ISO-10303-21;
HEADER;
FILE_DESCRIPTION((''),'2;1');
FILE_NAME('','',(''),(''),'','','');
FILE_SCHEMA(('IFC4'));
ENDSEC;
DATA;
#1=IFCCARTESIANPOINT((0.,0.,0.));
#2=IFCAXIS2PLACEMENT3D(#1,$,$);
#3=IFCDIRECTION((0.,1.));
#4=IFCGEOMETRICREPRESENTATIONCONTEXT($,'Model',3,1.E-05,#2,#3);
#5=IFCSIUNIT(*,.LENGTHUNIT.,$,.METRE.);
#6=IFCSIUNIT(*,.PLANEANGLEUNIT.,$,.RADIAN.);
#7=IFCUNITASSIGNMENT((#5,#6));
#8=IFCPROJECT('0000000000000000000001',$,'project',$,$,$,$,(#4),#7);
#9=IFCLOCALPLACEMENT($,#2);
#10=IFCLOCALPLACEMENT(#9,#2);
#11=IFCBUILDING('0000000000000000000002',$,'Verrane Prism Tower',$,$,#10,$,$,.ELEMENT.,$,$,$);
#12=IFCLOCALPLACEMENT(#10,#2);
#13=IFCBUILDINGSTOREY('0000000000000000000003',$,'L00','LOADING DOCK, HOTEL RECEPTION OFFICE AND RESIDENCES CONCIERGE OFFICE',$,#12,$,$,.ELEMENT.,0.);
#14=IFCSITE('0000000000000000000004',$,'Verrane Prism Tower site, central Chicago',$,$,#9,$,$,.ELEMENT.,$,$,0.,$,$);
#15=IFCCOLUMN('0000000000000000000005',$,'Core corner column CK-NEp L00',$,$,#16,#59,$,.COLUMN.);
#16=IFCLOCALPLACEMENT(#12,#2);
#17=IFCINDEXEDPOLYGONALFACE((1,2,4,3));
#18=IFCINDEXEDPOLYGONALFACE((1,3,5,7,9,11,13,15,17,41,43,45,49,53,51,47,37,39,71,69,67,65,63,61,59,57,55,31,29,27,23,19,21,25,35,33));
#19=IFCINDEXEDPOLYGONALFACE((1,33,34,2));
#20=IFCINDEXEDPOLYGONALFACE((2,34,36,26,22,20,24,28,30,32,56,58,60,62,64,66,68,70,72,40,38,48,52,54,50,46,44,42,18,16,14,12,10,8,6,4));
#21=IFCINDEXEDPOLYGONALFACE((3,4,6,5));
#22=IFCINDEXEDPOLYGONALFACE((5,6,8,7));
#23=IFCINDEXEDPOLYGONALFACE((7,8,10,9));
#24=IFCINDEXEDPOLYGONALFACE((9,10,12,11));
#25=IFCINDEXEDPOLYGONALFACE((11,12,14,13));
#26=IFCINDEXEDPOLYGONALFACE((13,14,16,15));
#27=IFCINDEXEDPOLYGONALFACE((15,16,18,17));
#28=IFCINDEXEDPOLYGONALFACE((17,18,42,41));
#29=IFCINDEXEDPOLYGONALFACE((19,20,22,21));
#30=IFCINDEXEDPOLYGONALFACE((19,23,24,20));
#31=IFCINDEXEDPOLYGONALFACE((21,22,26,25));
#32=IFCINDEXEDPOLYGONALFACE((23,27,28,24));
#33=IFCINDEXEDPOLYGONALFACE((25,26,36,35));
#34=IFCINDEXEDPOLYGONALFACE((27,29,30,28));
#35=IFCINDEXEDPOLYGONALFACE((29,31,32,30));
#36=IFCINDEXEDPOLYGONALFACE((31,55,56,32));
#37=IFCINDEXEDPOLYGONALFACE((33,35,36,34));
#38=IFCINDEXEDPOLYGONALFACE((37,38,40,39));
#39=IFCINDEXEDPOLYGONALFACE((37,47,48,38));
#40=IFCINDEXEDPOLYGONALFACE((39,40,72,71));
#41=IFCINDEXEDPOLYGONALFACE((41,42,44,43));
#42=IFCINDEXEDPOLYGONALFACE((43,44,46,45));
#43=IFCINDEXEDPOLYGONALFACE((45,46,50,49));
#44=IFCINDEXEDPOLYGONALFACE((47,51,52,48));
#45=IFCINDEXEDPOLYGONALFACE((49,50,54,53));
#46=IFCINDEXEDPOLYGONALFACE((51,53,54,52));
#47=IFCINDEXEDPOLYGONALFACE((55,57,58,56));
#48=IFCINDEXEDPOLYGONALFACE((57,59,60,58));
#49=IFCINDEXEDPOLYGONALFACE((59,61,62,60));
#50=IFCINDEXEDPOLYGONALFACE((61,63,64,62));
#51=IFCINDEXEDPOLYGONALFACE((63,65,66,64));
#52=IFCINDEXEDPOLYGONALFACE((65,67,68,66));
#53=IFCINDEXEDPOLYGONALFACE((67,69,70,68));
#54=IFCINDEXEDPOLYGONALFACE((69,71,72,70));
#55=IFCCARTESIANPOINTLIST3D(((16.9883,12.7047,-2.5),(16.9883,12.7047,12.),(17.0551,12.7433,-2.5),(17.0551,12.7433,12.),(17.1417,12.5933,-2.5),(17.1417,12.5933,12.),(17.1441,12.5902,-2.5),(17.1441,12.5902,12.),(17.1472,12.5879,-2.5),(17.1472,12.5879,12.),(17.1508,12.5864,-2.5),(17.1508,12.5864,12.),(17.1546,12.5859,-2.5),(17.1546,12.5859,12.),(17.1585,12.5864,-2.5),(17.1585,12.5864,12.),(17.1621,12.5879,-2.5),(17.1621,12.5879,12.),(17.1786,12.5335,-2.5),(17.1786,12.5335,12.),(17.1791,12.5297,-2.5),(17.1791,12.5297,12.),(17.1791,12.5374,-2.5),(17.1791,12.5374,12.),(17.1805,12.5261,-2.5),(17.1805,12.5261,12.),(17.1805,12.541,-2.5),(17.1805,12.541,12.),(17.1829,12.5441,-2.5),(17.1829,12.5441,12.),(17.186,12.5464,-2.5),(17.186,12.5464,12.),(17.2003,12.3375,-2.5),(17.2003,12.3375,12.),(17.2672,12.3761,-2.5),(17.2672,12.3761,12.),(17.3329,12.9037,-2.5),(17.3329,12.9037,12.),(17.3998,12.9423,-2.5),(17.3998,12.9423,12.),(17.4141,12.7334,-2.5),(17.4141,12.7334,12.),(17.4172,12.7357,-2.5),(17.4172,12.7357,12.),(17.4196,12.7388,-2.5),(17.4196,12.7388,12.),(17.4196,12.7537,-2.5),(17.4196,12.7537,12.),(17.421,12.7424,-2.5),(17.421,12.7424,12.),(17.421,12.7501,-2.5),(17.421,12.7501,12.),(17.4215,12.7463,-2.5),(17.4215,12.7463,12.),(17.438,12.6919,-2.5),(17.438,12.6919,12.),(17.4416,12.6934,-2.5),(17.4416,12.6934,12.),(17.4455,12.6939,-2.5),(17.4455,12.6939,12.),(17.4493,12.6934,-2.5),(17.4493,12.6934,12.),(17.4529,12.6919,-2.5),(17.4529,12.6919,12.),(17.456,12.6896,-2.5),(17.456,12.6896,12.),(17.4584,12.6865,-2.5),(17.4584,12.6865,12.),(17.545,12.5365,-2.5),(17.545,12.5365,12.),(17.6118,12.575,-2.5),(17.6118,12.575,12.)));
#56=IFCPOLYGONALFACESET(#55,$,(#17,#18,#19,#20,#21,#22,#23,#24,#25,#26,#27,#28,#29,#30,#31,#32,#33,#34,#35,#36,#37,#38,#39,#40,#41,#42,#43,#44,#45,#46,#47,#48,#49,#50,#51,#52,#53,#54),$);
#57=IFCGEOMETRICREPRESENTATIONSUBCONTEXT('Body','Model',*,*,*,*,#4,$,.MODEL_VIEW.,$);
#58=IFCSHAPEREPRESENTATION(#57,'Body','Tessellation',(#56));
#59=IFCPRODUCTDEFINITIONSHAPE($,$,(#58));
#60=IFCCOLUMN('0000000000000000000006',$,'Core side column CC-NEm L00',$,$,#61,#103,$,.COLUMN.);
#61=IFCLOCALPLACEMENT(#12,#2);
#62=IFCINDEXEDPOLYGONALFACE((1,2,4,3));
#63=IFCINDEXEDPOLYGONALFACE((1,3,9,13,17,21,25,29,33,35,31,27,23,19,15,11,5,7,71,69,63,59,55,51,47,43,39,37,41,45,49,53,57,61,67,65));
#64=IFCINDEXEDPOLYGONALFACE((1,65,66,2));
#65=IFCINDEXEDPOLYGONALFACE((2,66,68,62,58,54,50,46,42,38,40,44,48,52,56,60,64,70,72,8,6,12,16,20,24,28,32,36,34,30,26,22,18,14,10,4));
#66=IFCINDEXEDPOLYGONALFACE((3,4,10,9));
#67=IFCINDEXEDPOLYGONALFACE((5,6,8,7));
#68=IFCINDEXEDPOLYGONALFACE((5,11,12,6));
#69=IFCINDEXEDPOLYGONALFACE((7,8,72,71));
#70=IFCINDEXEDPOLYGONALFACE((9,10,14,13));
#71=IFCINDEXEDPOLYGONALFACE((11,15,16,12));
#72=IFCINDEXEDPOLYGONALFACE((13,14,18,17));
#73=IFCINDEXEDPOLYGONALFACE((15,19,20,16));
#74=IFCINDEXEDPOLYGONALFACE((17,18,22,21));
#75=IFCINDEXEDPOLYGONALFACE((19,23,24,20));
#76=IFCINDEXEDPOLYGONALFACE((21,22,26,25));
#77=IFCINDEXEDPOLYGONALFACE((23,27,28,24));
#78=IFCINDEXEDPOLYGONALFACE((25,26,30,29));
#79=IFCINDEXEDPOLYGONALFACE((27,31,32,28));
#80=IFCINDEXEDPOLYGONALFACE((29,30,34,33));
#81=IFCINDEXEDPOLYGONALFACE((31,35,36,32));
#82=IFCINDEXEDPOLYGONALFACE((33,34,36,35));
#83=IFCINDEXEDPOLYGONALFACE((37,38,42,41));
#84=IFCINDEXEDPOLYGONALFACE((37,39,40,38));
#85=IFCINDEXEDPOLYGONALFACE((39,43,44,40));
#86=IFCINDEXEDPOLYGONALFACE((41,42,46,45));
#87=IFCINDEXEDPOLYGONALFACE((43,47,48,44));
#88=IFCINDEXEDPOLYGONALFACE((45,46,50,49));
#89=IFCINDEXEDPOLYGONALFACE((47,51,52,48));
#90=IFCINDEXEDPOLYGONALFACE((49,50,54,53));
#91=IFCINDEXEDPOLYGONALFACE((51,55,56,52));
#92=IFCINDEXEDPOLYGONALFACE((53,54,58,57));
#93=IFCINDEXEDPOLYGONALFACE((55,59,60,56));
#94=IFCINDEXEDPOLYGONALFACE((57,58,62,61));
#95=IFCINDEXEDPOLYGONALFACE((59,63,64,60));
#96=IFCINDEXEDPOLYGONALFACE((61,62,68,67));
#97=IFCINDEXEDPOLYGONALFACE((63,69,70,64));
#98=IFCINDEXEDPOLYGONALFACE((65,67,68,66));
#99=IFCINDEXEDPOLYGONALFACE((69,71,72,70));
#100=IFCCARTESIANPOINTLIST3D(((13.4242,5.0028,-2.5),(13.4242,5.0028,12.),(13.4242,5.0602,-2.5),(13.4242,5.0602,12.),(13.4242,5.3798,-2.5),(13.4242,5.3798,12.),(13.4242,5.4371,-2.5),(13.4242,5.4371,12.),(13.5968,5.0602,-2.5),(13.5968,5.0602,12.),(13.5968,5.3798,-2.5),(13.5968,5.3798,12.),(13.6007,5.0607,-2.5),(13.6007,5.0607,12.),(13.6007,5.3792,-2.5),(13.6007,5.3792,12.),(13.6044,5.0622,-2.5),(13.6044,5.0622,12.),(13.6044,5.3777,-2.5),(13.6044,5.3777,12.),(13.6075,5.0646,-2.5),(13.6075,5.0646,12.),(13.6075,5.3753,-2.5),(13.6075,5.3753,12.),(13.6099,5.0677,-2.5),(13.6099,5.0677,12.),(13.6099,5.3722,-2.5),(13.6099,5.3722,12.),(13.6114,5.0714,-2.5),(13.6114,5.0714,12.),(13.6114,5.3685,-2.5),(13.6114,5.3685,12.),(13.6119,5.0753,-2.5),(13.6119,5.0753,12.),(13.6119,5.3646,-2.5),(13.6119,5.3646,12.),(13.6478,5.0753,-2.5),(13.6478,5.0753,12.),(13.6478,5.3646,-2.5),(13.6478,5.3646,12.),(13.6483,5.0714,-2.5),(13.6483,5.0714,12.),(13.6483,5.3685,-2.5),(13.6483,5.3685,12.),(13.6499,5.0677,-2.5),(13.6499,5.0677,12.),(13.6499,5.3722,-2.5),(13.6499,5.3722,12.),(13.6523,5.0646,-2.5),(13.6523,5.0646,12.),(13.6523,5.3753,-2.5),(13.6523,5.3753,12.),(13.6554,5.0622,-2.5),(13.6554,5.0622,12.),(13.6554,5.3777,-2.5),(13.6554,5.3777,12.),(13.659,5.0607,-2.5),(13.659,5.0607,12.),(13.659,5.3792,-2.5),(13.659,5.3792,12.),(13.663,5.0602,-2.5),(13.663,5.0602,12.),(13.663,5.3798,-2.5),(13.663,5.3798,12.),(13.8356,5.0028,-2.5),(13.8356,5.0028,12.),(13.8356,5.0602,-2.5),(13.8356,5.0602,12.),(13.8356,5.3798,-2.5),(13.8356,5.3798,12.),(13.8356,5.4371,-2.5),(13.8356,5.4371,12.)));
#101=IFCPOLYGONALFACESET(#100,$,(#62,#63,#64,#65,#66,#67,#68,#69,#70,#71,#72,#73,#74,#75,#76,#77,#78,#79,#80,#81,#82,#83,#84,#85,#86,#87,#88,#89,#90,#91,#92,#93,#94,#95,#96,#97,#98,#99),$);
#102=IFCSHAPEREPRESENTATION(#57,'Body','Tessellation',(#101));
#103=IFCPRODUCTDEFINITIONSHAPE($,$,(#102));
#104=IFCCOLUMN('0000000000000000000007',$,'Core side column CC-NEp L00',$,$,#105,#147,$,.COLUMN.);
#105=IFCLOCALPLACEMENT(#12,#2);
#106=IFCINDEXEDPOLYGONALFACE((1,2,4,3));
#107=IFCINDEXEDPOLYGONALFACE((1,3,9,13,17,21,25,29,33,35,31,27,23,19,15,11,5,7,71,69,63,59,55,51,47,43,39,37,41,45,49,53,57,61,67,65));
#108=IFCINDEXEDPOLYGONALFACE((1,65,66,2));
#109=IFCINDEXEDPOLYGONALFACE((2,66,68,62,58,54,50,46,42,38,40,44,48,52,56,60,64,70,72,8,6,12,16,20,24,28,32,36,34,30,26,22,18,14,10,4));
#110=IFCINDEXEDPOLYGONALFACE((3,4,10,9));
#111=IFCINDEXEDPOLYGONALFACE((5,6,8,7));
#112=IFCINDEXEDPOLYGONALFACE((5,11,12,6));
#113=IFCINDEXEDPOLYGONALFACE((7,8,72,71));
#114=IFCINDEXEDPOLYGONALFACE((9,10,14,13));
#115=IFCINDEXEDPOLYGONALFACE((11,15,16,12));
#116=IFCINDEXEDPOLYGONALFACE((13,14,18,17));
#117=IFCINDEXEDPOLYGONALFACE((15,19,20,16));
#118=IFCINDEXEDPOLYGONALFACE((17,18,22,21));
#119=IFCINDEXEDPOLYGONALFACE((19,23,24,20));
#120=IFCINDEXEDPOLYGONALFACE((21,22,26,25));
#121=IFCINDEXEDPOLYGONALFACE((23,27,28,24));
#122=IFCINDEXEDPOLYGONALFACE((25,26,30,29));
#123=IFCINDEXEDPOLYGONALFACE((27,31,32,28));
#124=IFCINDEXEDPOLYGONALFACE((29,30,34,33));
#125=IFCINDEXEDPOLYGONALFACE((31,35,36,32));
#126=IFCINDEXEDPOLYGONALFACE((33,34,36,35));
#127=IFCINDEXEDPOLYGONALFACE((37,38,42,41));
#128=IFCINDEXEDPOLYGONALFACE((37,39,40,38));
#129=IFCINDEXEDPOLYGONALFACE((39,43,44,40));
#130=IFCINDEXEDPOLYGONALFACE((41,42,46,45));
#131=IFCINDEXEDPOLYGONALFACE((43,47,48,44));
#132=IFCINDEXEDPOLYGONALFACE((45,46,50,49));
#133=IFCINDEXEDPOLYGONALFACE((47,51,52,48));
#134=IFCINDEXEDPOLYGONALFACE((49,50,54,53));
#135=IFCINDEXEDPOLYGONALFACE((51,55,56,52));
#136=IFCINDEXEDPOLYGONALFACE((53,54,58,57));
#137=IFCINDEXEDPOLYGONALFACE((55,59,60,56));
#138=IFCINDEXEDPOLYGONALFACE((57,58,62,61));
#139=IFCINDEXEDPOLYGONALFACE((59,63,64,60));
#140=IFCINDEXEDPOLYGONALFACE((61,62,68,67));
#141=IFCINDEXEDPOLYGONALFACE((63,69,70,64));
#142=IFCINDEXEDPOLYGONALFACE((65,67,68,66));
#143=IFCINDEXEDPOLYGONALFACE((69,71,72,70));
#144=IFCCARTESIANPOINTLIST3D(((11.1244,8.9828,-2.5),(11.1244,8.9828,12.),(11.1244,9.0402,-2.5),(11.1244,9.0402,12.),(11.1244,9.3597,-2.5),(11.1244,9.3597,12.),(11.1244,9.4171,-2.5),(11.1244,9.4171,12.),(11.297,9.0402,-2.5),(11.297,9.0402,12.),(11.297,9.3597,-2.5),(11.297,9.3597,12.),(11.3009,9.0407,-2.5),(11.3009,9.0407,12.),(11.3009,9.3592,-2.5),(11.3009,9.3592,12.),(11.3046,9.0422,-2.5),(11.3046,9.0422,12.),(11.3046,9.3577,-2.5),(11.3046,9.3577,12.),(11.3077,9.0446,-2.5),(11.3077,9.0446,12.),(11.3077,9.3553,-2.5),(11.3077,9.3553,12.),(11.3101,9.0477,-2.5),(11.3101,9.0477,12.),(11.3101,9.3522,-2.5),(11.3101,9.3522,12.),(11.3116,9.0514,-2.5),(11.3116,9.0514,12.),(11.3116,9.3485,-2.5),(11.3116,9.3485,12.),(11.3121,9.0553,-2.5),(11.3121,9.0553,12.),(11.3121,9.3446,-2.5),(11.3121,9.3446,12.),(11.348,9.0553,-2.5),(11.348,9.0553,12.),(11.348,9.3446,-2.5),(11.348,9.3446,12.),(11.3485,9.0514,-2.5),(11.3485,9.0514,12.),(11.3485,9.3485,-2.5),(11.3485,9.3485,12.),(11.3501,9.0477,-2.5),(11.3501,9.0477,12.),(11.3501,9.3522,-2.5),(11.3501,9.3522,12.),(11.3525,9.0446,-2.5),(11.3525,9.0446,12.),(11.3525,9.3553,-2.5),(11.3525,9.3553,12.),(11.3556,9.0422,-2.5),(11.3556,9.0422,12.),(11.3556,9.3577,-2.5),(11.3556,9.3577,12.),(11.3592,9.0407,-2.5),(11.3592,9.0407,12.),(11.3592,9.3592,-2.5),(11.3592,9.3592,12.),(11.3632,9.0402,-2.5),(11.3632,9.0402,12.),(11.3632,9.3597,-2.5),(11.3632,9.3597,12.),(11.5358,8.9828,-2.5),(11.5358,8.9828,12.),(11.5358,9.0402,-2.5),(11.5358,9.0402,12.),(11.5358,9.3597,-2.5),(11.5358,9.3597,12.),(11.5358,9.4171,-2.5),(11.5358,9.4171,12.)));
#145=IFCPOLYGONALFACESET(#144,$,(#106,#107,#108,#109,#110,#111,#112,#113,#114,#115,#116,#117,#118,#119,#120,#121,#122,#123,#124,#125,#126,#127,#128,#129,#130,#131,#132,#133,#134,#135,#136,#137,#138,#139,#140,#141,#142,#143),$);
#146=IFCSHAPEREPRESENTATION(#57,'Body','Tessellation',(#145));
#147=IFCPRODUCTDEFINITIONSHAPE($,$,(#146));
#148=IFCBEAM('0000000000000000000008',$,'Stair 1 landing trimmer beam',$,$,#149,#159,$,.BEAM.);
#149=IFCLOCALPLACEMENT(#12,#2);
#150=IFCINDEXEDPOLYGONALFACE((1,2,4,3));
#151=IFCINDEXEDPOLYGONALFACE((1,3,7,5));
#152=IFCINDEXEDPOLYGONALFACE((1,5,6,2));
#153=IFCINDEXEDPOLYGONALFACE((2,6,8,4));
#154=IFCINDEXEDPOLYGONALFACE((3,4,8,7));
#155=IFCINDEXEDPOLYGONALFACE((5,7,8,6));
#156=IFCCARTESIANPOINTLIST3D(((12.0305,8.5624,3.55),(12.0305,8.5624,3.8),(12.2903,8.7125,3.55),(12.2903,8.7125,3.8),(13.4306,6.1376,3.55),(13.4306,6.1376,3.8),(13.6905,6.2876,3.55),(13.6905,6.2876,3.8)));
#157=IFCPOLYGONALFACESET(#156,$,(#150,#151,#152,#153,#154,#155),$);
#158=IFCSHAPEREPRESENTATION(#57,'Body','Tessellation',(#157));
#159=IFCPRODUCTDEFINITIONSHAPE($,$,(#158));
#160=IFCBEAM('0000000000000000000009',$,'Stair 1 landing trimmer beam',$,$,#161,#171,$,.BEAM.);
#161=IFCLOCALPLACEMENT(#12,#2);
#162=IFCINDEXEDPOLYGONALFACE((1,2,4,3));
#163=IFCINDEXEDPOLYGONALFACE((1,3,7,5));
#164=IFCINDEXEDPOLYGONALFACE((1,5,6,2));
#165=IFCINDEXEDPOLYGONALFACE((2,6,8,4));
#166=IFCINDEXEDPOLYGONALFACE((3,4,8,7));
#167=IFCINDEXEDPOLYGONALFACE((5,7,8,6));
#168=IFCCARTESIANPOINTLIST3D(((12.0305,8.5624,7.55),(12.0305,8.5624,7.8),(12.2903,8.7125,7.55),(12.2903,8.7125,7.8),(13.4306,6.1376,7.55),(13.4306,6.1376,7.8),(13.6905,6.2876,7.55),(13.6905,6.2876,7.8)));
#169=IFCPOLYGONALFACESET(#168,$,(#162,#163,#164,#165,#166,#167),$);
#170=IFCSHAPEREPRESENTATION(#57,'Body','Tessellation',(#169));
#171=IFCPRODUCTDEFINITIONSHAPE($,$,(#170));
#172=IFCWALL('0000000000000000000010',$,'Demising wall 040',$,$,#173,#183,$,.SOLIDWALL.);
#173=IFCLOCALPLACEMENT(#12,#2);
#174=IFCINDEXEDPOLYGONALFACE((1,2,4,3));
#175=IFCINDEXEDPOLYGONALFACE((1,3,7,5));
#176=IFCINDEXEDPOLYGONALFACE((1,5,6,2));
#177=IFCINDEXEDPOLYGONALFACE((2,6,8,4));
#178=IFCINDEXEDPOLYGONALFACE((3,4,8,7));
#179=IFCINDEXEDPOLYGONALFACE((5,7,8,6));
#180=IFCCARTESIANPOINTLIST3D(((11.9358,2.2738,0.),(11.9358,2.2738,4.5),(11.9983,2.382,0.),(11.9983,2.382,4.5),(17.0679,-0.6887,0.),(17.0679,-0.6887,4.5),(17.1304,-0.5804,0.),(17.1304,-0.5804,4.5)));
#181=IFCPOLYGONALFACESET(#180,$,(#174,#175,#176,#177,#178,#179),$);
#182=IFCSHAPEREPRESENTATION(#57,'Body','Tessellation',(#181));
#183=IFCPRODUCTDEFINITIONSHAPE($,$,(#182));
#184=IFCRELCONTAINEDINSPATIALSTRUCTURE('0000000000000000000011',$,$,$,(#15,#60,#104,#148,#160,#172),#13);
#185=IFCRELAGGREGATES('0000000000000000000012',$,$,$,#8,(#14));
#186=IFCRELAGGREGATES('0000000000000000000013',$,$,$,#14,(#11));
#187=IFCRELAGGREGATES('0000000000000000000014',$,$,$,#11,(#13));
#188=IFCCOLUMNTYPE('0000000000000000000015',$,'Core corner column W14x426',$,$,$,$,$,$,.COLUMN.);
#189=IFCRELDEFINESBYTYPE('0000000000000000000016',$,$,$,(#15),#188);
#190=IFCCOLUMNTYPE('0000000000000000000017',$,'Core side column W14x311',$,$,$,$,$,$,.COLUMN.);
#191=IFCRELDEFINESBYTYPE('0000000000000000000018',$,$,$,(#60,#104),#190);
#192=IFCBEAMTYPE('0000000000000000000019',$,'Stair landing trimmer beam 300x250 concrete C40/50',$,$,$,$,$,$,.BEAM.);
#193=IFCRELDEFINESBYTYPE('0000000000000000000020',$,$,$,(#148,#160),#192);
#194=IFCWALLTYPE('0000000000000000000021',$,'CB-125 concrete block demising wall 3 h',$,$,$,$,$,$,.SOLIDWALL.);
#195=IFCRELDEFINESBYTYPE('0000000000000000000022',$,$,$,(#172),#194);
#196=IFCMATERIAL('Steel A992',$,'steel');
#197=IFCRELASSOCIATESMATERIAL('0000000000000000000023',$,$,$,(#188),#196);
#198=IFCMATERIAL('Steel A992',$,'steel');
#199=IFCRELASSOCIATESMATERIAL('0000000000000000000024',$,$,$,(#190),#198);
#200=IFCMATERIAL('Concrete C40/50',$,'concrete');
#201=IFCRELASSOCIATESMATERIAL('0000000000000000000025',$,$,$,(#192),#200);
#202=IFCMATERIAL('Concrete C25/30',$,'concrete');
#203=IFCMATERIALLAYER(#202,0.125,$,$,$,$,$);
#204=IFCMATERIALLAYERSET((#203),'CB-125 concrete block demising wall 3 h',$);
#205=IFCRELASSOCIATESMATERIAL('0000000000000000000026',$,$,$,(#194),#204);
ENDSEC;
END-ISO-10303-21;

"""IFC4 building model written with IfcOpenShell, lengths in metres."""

from ifc_helpers import new_model, si_unit, direction, frame, frame_2d, origin, origin_2d, place, context, subcontext, project, spatial, rectangle, i_section, extrude, material, layer, layer_set, material_profile, profile_set, type_object, element, save


model = new_model("IFC4")

# Units and contexts
model_context = context("Model", 3, precision=1e-05, world=origin(), true_north=direction((0.0, 1.0)))
body_context = subcontext(model_context, "Body", "Model", "MODEL_VIEW")
ifc_project = project(units=[si_unit("LENGTHUNIT", "METRE"), si_unit("PLANEANGLEUNIT", "RADIAN")], contexts=[model_context])

# Site, building, storey
site_placement = place(None, origin())
site = spatial("IfcSite", under=ifc_project, at=site_placement, Name="Verrane Prism Tower site, central Chicago", CompositionType="ELEMENT", RefElevation=0.0)
building_placement = place(site_placement, origin())
building = spatial("IfcBuilding", under=site, at=building_placement, Name="Verrane Prism Tower", CompositionType="ELEMENT")
storey_placement = place(building_placement, origin())
storey = spatial("IfcBuildingStorey", under=building, at=storey_placement, Name="L00", Description="LOADING DOCK, HOTEL RECEPTION OFFICE AND RESIDENCES CONCIERGE OFFICE", CompositionType="ELEMENT", Elevation=0.0)

# Columns
ifc_material_1 = material(Name="Steel A992", Category="steel")
ifc_material_profile_1 = material_profile(ifc_material_1, i_section(OverallWidth=0.4241, OverallDepth=0.4751, WebThickness=0.0479, FlangeThickness=0.0771, FilletRadius=0.0149, at=origin_2d()), Name="W14x426")
ifc_profile_set_1 = profile_set([ifc_material_profile_1], Name="Steel A992")
column_type_1 = type_object("IfcColumnType", Name="Core corner column W14x426", PredefinedType="COLUMN", material=ifc_profile_set_1)
column_placement = place(storey_placement, frame((17.3, 12.6399, -2.5), z_axis=(0.0, 0.0, 1.0), x_axis=(0.5, -0.866025, 0.0)))
element("IfcColumn", 1, at=column_placement, inside=storey, type_object=column_type_1, Name="Core corner column CK-NEp L00", PredefinedType="COLUMN", context=body_context, shape_type="SweptSolid", body=[
    extrude(i_section(OverallWidth=0.4241, OverallDepth=0.4751, WebThickness=0.0479, FlangeThickness=0.0771, FilletRadius=0.0149, at=origin_2d()), origin(), (0.0, 0.0, 1.0), 14.5),
])
ifc_material_2 = material(Name="Steel A992", Category="steel")
ifc_material_profile_2 = material_profile(ifc_material_2, i_section(OverallWidth=0.4114, OverallDepth=0.4343, WebThickness=0.0359, FlangeThickness=0.0574, FilletRadius=0.0151, at=origin_2d()), Name="W14x311")
ifc_profile_set_2 = profile_set([ifc_material_profile_2], Name="Steel A992")
column_type_2 = type_object("IfcColumnType", Name="Core side column W14x311", PredefinedType="COLUMN", material=ifc_profile_set_2)
for number, where, z_axis, x_axis, name in (
    (2, (13.6299, 5.22, -2.5), (0.0, 0.0, 1.0), (1.0, 0.0, 0.0), "Core side column CC-NEm L00"),
    (3, (11.3301, 9.2, -2.5), (0.0, 0.0, 1.0), (1.0, 0.0, 0.0), "Core side column CC-NEp L00"),
):
    element("IfcColumn", number, at=place(storey_placement, frame(where, z_axis=z_axis, x_axis=x_axis)), inside=storey, type_object=column_type_2, Name=name, PredefinedType="COLUMN", context=body_context, shape_type="SweptSolid", body=[
        extrude(i_section(OverallWidth=0.4114, OverallDepth=0.4343, WebThickness=0.0359, FlangeThickness=0.0574, FilletRadius=0.0151, at=origin_2d()), origin(), (0.0, 0.0, 1.0), 14.5),
    ])

# Beams
ifc_material_3 = material(Name="Concrete C40/50", Category="concrete")
ifc_material_profile_3 = material_profile(ifc_material_3, rectangle(XDim=0.3, YDim=0.25, at=origin_2d()), Name="RC 300x250")
ifc_profile_set_3 = profile_set([ifc_material_profile_3], Name="Concrete C40/50")
beam_type = type_object("IfcBeamType", Name="Stair landing trimmer beam 300x250 concrete C40/50", PredefinedType="BEAM", material=ifc_profile_set_3)
for number, where, z_axis, x_axis, name in (
    (4, (12.1604, 8.6375, 3.675), (0.50005, -0.865997, 0.0), (0.865997, 0.50005, 0.0), "Stair 1 landing trimmer beam"),
    (5, (12.1604, 8.6375, 7.675), (0.50005, -0.865997, 0.0), (0.865997, 0.50005, 0.0), "Stair 1 landing trimmer beam"),
):
    element("IfcBeam", number, at=place(storey_placement, frame(where, z_axis=z_axis, x_axis=x_axis)), inside=storey, type_object=beam_type, Name=name, PredefinedType="BEAM", context=body_context, shape_type="SweptSolid", body=[
        extrude(rectangle(XDim=0.3, YDim=0.25, at=origin_2d()), origin(), (0.0, 0.0, 1.0), 2.8),
    ])

# Wall
ifc_material_4 = material(Name="Concrete C25/30", Category="concrete")
ifc_layer_1 = layer(ifc_material_4, 0.125)
ifc_layer_set_1 = layer_set([ifc_layer_1], Name="CB-125 concrete block demising wall 3 h")
wall_type_1 = type_object("IfcWallType", Name="CB-125 concrete block demising wall 3 h", PredefinedType="SOLIDWALL", material=ifc_layer_set_1)
wall_1_placement = place(storey_placement, frame((11.967, 2.3279, 0.0), z_axis=(0.0, 0.0, 1.0), x_axis=(0.86607, -0.499923, 0.0)))
element("IfcWall", 6, at=wall_1_placement, inside=storey, type_object=wall_type_1, Name="Demising wall 040", PredefinedType="SOLIDWALL", context=body_context, shape_type="SweptSolid", body=[
    extrude(rectangle(XDim=5.9258, YDim=0.125, at=frame_2d((2.9629, 0.0))), origin(), (0.0, 0.0, 1.0), 4.5),
])

save(model, "model.ifc")
